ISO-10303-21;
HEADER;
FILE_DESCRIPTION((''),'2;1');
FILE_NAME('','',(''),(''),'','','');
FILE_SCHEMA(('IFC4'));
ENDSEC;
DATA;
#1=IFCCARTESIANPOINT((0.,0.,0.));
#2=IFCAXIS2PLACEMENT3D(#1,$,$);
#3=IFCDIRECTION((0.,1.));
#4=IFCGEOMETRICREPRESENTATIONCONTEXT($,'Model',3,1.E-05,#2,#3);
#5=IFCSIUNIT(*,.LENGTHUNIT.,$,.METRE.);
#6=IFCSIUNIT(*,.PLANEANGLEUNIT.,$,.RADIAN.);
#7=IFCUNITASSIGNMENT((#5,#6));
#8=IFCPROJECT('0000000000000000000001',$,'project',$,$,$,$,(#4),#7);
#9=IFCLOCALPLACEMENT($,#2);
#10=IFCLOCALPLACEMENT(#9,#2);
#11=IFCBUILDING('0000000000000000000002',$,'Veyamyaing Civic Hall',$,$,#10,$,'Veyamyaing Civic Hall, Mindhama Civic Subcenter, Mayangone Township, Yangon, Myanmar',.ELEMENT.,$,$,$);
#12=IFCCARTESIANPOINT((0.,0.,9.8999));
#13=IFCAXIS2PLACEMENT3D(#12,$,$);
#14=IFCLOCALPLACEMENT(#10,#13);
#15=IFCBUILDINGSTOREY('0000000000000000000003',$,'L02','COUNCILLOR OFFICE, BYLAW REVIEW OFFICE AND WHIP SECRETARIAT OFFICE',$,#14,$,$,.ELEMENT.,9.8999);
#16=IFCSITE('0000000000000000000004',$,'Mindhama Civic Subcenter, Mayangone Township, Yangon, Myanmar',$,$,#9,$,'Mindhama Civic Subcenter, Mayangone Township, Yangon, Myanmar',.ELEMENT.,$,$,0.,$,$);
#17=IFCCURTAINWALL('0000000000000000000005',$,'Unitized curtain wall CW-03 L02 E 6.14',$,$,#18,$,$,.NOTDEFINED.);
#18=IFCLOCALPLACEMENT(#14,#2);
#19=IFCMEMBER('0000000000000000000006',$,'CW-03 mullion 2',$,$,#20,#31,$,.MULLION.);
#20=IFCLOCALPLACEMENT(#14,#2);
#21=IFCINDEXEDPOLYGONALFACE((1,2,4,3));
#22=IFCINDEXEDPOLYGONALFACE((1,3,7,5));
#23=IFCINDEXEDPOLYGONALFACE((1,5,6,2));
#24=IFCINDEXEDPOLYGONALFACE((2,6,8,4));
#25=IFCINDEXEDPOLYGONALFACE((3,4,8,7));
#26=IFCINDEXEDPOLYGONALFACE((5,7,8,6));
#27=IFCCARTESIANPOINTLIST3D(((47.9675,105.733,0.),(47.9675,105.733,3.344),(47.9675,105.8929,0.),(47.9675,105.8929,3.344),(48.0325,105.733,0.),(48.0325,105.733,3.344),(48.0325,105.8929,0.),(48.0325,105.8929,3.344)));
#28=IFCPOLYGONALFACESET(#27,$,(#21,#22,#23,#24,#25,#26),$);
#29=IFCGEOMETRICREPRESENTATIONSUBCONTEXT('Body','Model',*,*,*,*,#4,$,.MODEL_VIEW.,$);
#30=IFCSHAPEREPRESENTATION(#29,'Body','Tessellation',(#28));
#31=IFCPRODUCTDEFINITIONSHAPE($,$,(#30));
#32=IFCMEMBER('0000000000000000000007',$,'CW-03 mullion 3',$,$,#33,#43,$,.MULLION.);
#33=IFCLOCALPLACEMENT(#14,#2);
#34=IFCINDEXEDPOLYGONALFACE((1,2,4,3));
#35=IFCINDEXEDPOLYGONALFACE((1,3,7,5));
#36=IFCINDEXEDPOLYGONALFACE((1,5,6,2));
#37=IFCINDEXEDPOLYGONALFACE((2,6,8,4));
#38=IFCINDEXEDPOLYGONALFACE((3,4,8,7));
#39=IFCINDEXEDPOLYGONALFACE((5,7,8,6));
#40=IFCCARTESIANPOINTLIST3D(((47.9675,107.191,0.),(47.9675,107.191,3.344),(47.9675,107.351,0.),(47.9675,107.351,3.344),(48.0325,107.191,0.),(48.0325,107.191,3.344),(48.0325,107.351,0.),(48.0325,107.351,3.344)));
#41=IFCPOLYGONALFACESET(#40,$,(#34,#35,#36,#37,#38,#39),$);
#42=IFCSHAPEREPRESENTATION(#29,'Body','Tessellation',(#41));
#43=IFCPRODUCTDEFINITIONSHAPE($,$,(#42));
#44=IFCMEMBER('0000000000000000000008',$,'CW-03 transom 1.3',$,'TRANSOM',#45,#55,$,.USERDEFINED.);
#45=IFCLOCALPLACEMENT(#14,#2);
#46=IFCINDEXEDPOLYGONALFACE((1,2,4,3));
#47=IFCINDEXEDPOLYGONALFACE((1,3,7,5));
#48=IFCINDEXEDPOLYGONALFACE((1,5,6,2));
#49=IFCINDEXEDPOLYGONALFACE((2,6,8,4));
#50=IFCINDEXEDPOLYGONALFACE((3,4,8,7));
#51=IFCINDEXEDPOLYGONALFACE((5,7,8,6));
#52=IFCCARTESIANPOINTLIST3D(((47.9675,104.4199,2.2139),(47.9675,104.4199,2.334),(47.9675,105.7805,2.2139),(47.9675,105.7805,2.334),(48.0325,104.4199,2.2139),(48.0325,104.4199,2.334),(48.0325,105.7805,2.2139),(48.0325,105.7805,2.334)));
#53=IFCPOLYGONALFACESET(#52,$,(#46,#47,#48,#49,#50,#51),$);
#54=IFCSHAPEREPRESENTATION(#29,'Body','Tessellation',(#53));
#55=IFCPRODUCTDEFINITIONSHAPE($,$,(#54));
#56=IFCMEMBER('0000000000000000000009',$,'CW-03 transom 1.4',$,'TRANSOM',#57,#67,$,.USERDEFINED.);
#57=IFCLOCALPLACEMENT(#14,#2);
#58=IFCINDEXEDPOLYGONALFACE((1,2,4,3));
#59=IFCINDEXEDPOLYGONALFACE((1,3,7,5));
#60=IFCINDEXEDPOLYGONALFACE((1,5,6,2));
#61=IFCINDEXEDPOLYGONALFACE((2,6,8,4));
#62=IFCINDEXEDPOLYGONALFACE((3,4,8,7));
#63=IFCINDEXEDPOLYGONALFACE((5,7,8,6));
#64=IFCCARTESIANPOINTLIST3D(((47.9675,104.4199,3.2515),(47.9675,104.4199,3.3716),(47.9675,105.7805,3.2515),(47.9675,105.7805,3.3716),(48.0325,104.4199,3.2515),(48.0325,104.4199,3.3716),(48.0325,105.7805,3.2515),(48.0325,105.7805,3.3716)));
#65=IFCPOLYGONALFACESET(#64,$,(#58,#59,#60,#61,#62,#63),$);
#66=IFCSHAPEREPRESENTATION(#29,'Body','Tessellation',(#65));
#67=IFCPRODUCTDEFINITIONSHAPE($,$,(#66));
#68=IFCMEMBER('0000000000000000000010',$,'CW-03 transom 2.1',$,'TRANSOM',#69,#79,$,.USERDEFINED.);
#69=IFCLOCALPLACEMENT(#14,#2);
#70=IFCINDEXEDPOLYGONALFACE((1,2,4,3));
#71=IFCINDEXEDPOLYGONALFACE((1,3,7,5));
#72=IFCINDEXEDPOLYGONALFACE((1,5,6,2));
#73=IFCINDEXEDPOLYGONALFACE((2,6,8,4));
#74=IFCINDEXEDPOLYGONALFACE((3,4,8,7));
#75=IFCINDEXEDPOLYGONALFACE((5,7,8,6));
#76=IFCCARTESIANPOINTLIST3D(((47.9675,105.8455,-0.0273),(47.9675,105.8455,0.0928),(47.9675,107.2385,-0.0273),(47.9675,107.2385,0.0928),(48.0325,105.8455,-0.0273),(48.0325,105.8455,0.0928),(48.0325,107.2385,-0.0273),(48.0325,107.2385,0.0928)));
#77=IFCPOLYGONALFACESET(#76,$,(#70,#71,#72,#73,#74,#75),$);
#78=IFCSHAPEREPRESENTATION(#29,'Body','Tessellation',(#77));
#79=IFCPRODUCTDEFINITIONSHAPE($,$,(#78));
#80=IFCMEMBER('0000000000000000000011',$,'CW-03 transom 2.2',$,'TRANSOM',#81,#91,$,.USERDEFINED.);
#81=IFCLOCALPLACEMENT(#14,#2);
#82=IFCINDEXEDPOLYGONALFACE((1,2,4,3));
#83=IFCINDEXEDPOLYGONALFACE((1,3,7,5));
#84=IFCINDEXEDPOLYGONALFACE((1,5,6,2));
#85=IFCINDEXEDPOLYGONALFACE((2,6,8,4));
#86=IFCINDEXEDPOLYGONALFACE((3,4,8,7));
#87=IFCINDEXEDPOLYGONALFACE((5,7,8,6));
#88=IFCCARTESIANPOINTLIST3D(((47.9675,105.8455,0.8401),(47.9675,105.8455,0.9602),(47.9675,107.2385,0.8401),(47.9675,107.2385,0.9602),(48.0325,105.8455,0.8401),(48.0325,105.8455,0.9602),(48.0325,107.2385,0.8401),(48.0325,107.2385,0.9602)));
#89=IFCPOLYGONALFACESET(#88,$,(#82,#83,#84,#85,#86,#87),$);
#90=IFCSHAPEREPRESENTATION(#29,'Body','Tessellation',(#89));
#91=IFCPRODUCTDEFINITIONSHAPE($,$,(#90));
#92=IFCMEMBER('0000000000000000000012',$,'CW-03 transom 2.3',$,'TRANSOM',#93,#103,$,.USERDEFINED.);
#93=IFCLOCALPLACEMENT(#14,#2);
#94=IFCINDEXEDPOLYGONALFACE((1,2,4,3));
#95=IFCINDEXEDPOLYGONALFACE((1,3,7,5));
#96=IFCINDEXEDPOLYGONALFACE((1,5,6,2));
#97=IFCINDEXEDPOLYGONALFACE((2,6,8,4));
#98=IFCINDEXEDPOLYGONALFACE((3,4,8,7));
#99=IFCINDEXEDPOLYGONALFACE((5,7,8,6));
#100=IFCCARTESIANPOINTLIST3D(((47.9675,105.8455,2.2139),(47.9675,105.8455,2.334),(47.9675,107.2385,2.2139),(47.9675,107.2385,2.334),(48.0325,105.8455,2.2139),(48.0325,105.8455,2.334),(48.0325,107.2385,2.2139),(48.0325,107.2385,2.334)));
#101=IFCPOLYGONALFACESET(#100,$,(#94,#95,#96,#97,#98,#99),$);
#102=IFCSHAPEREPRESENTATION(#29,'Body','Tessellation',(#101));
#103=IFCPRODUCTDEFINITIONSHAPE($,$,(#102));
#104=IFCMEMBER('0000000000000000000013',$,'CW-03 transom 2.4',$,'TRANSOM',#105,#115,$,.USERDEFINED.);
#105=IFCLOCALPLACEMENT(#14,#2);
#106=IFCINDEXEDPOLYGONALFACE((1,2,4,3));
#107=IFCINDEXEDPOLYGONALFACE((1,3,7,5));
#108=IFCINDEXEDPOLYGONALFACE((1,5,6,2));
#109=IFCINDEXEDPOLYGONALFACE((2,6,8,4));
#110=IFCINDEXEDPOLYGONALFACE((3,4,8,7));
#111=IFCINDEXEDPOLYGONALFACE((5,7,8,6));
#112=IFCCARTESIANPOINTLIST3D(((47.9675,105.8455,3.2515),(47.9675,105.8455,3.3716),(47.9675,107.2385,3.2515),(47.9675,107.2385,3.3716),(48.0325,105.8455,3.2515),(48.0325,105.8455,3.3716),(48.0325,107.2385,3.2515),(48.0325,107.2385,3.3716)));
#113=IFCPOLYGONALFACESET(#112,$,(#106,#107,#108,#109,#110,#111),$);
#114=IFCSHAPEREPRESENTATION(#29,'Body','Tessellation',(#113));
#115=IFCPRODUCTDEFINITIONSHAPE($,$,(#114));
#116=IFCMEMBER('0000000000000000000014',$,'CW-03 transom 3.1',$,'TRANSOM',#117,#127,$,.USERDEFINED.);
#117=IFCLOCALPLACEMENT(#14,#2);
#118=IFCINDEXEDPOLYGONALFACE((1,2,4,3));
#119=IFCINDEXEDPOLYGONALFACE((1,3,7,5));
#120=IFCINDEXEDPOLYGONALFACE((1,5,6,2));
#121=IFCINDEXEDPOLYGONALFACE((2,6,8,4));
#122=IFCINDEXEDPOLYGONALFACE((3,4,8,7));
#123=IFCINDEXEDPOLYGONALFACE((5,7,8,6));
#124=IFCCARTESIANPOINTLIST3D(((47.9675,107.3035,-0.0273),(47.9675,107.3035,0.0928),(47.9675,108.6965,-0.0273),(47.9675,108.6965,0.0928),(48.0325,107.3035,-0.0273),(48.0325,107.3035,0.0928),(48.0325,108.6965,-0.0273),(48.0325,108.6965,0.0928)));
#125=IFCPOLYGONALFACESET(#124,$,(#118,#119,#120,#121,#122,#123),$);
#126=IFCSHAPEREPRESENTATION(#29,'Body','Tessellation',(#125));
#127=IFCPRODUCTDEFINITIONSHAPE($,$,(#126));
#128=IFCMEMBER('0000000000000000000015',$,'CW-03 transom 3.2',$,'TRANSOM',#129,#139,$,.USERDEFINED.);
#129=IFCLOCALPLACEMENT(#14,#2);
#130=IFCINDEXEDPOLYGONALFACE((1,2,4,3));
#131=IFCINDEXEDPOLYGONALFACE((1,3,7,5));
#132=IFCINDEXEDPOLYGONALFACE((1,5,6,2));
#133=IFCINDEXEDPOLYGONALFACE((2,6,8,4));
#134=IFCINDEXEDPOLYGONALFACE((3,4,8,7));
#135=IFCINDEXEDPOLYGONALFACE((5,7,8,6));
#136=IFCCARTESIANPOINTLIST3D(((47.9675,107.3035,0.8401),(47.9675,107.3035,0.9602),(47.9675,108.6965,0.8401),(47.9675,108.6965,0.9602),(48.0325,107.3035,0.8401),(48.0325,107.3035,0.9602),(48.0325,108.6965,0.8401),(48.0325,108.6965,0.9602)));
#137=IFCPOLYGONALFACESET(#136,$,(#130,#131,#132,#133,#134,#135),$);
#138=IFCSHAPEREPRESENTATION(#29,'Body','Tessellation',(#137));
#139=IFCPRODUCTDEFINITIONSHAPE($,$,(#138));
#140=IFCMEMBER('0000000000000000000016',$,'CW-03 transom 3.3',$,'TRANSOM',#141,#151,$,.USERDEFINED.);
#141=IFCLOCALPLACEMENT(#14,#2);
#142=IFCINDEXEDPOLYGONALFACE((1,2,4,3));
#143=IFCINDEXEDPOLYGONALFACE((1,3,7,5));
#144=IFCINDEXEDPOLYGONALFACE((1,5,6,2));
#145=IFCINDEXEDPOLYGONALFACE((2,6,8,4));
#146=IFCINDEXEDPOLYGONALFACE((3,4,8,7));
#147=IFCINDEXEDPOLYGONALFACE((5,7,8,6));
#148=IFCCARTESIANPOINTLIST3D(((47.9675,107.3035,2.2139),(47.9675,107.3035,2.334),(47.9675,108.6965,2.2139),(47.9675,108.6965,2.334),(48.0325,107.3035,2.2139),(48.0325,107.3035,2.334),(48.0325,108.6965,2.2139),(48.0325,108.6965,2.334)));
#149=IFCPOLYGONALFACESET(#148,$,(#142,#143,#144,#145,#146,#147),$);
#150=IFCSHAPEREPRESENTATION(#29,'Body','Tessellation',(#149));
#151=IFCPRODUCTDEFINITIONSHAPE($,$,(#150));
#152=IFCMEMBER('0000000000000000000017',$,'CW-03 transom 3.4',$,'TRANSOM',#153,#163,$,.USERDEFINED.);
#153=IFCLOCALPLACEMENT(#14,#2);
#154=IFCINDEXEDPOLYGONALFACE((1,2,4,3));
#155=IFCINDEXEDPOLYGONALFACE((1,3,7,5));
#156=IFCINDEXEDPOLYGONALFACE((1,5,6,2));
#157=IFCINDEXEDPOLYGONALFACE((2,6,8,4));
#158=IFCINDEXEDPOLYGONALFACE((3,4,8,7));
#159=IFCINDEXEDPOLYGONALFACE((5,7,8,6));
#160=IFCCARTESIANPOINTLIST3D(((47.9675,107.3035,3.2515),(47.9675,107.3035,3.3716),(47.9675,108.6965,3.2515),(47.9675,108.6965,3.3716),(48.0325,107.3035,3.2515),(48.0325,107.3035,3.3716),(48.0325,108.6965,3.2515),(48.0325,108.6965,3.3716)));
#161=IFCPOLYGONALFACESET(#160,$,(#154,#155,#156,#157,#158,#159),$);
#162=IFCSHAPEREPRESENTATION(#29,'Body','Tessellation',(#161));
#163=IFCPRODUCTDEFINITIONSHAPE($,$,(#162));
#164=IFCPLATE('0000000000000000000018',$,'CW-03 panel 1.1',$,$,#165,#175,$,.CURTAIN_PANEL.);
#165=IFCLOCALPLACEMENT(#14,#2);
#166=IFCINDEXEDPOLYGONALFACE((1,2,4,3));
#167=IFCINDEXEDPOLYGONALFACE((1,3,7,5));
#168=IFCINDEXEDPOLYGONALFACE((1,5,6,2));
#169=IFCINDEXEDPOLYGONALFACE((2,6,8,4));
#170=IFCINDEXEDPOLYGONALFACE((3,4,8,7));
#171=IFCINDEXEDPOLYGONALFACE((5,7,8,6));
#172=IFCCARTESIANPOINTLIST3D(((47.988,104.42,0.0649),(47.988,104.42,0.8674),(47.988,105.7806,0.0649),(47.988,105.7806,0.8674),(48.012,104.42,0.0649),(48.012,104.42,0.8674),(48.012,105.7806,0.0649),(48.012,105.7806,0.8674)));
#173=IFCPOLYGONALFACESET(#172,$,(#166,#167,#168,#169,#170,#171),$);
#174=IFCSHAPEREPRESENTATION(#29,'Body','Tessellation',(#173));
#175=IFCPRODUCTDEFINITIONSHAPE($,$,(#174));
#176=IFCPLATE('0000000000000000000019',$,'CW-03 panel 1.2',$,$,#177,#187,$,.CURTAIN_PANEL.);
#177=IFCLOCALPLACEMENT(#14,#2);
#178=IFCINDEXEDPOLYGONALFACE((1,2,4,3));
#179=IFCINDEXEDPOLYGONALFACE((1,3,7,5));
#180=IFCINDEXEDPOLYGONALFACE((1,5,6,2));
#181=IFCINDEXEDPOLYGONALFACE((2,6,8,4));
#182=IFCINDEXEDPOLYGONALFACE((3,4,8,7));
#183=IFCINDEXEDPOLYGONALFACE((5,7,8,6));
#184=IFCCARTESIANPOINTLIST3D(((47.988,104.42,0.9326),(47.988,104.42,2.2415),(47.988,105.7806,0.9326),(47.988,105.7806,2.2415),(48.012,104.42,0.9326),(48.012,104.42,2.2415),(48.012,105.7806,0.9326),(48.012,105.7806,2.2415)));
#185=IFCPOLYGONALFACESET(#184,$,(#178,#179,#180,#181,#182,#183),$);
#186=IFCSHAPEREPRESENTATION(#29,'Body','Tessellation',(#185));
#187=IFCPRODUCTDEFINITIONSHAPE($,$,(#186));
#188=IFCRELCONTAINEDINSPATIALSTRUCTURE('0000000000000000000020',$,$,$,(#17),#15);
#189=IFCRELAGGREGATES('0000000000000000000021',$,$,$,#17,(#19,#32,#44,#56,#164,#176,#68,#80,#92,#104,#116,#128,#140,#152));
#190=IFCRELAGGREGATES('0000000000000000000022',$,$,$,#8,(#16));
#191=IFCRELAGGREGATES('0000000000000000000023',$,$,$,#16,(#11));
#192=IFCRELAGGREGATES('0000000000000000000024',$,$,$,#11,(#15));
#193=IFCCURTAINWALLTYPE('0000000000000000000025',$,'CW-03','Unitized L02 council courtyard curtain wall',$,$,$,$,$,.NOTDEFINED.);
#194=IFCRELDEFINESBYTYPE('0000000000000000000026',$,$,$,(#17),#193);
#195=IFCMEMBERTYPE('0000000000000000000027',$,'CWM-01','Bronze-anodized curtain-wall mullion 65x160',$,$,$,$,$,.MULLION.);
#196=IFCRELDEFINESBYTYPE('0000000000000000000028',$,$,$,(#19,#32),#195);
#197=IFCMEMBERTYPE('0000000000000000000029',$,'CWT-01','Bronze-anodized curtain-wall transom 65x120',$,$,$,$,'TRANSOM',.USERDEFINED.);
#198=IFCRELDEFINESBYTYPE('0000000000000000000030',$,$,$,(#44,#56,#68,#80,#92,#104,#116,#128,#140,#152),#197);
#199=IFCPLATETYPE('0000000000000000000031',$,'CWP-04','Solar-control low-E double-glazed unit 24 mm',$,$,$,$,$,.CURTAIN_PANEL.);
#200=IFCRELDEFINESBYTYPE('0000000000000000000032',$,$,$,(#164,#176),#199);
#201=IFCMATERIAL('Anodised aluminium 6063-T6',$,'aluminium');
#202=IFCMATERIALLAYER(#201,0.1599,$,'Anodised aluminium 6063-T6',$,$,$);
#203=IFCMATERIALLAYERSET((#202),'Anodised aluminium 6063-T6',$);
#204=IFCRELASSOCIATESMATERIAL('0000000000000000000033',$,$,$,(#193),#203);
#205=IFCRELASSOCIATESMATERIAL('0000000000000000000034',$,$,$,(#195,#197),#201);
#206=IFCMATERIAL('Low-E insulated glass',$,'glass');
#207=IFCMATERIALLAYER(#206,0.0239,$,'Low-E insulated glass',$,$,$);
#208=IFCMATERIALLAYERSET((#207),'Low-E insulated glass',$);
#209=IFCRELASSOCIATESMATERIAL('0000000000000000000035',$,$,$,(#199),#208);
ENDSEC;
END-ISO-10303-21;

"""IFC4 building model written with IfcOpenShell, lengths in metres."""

from ifc_helpers import new_model, si_unit, direction, frame, origin, origin_2d, place, context, subcontext, project, spatial, rectangle, extrude, material, layer, layer_set, material_profile, profile_set, type_object, element, aggregate, save


model = new_model("IFC4")

# Units and contexts
model_context = context("Model", 3, precision=1e-05, world=origin(), true_north=direction((0.0, 1.0)))
body_context = subcontext(model_context, "Body", "Model", "MODEL_VIEW")
ifc_project = project(units=[si_unit("LENGTHUNIT", "METRE"), si_unit("PLANEANGLEUNIT", "RADIAN")], contexts=[model_context])

# Site, building, storey
site_placement = place(None, origin())
site = spatial("IfcSite", under=ifc_project, at=site_placement, Name="Mindhama Civic Subcenter, Mayangone Township, Yangon, Myanmar", LongName="Mindhama Civic Subcenter, Mayangone Township, Yangon, Myanmar", CompositionType="ELEMENT", RefElevation=0.0)
building_placement = place(site_placement, origin())
building = spatial("IfcBuilding", under=site, at=building_placement, Name="Veyamyaing Civic Hall", LongName="Veyamyaing Civic Hall, Mindhama Civic Subcenter, Mayangone Township, Yangon, Myanmar", CompositionType="ELEMENT")
storey_placement = place(building_placement, frame((0.0, 0.0, 9.8999)))
storey = spatial("IfcBuildingStorey", under=building, at=storey_placement, Name="L02", Description="COUNCILLOR OFFICE, BYLAW REVIEW OFFICE AND WHIP SECRETARIAT OFFICE", CompositionType="ELEMENT", Elevation=9.8999)

# Curtain wall, members, plates
ifc_material_1 = material(Name="Anodised aluminium 6063-T6", Category="aluminium")
ifc_layer_1 = layer(ifc_material_1, 0.1599, Name="Anodised aluminium 6063-T6")
ifc_layer_set_1 = layer_set([ifc_layer_1], Name="Anodised aluminium 6063-T6")
curtain_wall_type = type_object("IfcCurtainWallType", Name="CW-03", Description="Unitized L02 council courtyard curtain wall", PredefinedType="NOTDEFINED", material=ifc_layer_set_1)
curtain_wall_placement = place(storey_placement, origin())
curtain_wall = element("IfcCurtainWall", 1, at=curtain_wall_placement, inside=storey, type_object=curtain_wall_type, Name="Unitized curtain wall CW-03 L02 E 6.14", PredefinedType="NOTDEFINED")
ifc_material_profile_1 = material_profile(ifc_material_1, rectangle(XDim=0.0649, YDim=0.1599, at=origin_2d()), Name="ALU-MUL-65X160")
ifc_profile_set_1 = profile_set([ifc_material_profile_1], Name="Anodised aluminium 6063-T6")
member_type_1 = type_object("IfcMemberType", Name="CWM-01", Description="Bronze-anodized curtain-wall mullion 65x160", PredefinedType="MULLION", material=ifc_profile_set_1)
member_1_placement = place(storey_placement, frame((48.0, 105.813, 0.0), z_axis=(0.0, 0.0, 1.0), x_axis=(-1.0, 0.0, 0.0)))
member_1 = element("IfcMember", 2, at=member_1_placement, type_object=member_type_1, Name="CW-03 mullion 2", PredefinedType="MULLION", context=body_context, shape_type="SweptSolid", body=[
    extrude(rectangle(XDim=0.0649, YDim=0.1599, at=origin_2d()), origin(), (0.0, 0.0, 1.0), 3.344),
])
member_2_placement = place(storey_placement, frame((48.0, 107.271, 0.0), z_axis=(0.0, 0.0, 1.0), x_axis=(-1.0, 0.0, 0.0)))
member_2 = element("IfcMember", 3, at=member_2_placement, type_object=member_type_1, Name="CW-03 mullion 3", PredefinedType="MULLION", context=body_context, shape_type="SweptSolid", body=[
    extrude(rectangle(XDim=0.0649, YDim=0.1599, at=origin_2d()), origin(), (0.0, 0.0, 1.0), 3.344),
])
ifc_material_profile_2 = material_profile(ifc_material_1, rectangle(XDim=0.0649, YDim=0.1201, at=origin_2d()), Name="ALU-TRN-65X120")
ifc_profile_set_2 = profile_set([ifc_material_profile_2], Name="Anodised aluminium 6063-T6")
member_type_2 = type_object("IfcMemberType", Name="CWT-01", Description="Bronze-anodized curtain-wall transom 65x120", ElementType="TRANSOM", PredefinedType="USERDEFINED", material=ifc_profile_set_2)
member_3_placement = place(storey_placement, frame((48.0, 104.4199, 2.2739), z_axis=(0.0, 1.0, 0.0), x_axis=(-1.0, 0.0, 0.0)))
member_3 = element("IfcMember", 4, at=member_3_placement, type_object=member_type_2, Name="CW-03 transom 1.3", ObjectType="TRANSOM", PredefinedType="USERDEFINED", context=body_context, shape_type="SweptSolid", body=[
    extrude(rectangle(XDim=0.0649, YDim=0.1201, at=origin_2d()), origin(), (0.0, 0.0, 1.0), 1.3606),
])
member_4_placement = place(storey_placement, frame((48.0, 104.4199, 3.3115), z_axis=(0.0, 1.0, 0.0), x_axis=(-1.0, 0.0, 0.0)))
member_4 = element("IfcMember", 5, at=member_4_placement, type_object=member_type_2, Name="CW-03 transom 1.4", ObjectType="TRANSOM", PredefinedType="USERDEFINED", context=body_context, shape_type="SweptSolid", body=[
    extrude(rectangle(XDim=0.0649, YDim=0.1201, at=origin_2d()), origin(), (0.0, 0.0, 1.0), 1.3606),
])
member_5_placement = place(storey_placement, frame((48.0, 105.8455, 0.0327), z_axis=(0.0, 1.0, 0.0), x_axis=(-1.0, 0.0, 0.0)))
member_5 = element("IfcMember", 6, at=member_5_placement, type_object=member_type_2, Name="CW-03 transom 2.1", ObjectType="TRANSOM", PredefinedType="USERDEFINED", context=body_context, shape_type="SweptSolid", body=[
    extrude(rectangle(XDim=0.0649, YDim=0.1201, at=origin_2d()), origin(), (0.0, 0.0, 1.0), 1.3931),
])
member_6_placement = place(storey_placement, frame((48.0, 105.8455, 0.9001), z_axis=(0.0, 1.0, 0.0), x_axis=(-1.0, 0.0, 0.0)))
member_6 = element("IfcMember", 7, at=member_6_placement, type_object=member_type_2, Name="CW-03 transom 2.2", ObjectType="TRANSOM", PredefinedType="USERDEFINED", context=body_context, shape_type="SweptSolid", body=[
    extrude(rectangle(XDim=0.0649, YDim=0.1201, at=origin_2d()), origin(), (0.0, 0.0, 1.0), 1.3931),
])
member_7_placement = place(storey_placement, frame((48.0, 105.8455, 2.2739), z_axis=(0.0, 1.0, 0.0), x_axis=(-1.0, 0.0, 0.0)))
member_7 = element("IfcMember", 8, at=member_7_placement, type_object=member_type_2, Name="CW-03 transom 2.3", ObjectType="TRANSOM", PredefinedType="USERDEFINED", context=body_context, shape_type="SweptSolid", body=[
    extrude(rectangle(XDim=0.0649, YDim=0.1201, at=origin_2d()), origin(), (0.0, 0.0, 1.0), 1.3931),
])
member_8_placement = place(storey_placement, frame((48.0, 105.8455, 3.3115), z_axis=(0.0, 1.0, 0.0), x_axis=(-1.0, 0.0, 0.0)))
member_8 = element("IfcMember", 9, at=member_8_placement, type_object=member_type_2, Name="CW-03 transom 2.4", ObjectType="TRANSOM", PredefinedType="USERDEFINED", context=body_context, shape_type="SweptSolid", body=[
    extrude(rectangle(XDim=0.0649, YDim=0.1201, at=origin_2d()), origin(), (0.0, 0.0, 1.0), 1.3931),
])
member_9_placement = place(storey_placement, frame((48.0, 107.3035, 0.0327), z_axis=(0.0, 1.0, 0.0), x_axis=(-1.0, 0.0, 0.0)))
member_9 = element("IfcMember", 10, at=member_9_placement, type_object=member_type_2, Name="CW-03 transom 3.1", ObjectType="TRANSOM", PredefinedType="USERDEFINED", context=body_context, shape_type="SweptSolid", body=[
    extrude(rectangle(XDim=0.0649, YDim=0.1201, at=origin_2d()), origin(), (0.0, 0.0, 1.0), 1.3931),
])
member_10_placement = place(storey_placement, frame((48.0, 107.3035, 0.9001), z_axis=(0.0, 1.0, 0.0), x_axis=(-1.0, 0.0, 0.0)))
member_10 = element("IfcMember", 11, at=member_10_placement, type_object=member_type_2, Name="CW-03 transom 3.2", ObjectType="TRANSOM", PredefinedType="USERDEFINED", context=body_context, shape_type="SweptSolid", body=[
    extrude(rectangle(XDim=0.0649, YDim=0.1201, at=origin_2d()), origin(), (0.0, 0.0, 1.0), 1.3931),
])
member_11_placement = place(storey_placement, frame((48.0, 107.3035, 2.2739), z_axis=(0.0, 1.0, 0.0), x_axis=(-1.0, 0.0, 0.0)))
member_11 = element("IfcMember", 12, at=member_11_placement, type_object=member_type_2, Name="CW-03 transom 3.3", ObjectType="TRANSOM", PredefinedType="USERDEFINED", context=body_context, shape_type="SweptSolid", body=[
    extrude(rectangle(XDim=0.0649, YDim=0.1201, at=origin_2d()), origin(), (0.0, 0.0, 1.0), 1.3931),
])
member_12_placement = place(storey_placement, frame((48.0, 107.3035, 3.3115), z_axis=(0.0, 1.0, 0.0), x_axis=(-1.0, 0.0, 0.0)))
member_12 = element("IfcMember", 13, at=member_12_placement, type_object=member_type_2, Name="CW-03 transom 3.4", ObjectType="TRANSOM", PredefinedType="USERDEFINED", context=body_context, shape_type="SweptSolid", body=[
    extrude(rectangle(XDim=0.0649, YDim=0.1201, at=origin_2d()), origin(), (0.0, 0.0, 1.0), 1.3931),
])
ifc_material_2 = material(Name="Low-E insulated glass", Category="glass")
ifc_layer_2 = layer(ifc_material_2, 0.0239, Name="Low-E insulated glass")
ifc_layer_set_2 = layer_set([ifc_layer_2], Name="Low-E insulated glass")
plate_type = type_object("IfcPlateType", Name="CWP-04", Description="Solar-control low-E double-glazed unit 24 mm", PredefinedType="CURTAIN_PANEL", material=ifc_layer_set_2)
plate_1_placement = place(storey_placement, frame((48.0, 105.1003, 0.0649), z_axis=(0.0, 0.0, 1.0), x_axis=(0.0, 1.0, 0.0)))
plate_1 = element("IfcPlate", 14, at=plate_1_placement, type_object=plate_type, Name="CW-03 panel 1.1", PredefinedType="CURTAIN_PANEL", context=body_context, shape_type="SweptSolid", body=[
    extrude(rectangle(XDim=1.3606, YDim=0.0239, at=origin_2d()), origin(), (0.0, 0.0, 1.0), 0.8025),
])
plate_2_placement = place(storey_placement, frame((48.0, 105.1003, 0.9326), z_axis=(0.0, 0.0, 1.0), x_axis=(0.0, 1.0, 0.0)))
plate_2 = element("IfcPlate", 15, at=plate_2_placement, type_object=plate_type, Name="CW-03 panel 1.2", PredefinedType="CURTAIN_PANEL", context=body_context, shape_type="SweptSolid", body=[
    extrude(rectangle(XDim=1.3606, YDim=0.0239, at=origin_2d()), origin(), (0.0, 0.0, 1.0), 1.3088),
])
aggregate(curtain_wall, [member_1, member_2, member_3, member_4, plate_1, plate_2, member_5, member_6, member_7, member_8, member_9, member_10, member_11, member_12])

save(model, "model.ifc")
